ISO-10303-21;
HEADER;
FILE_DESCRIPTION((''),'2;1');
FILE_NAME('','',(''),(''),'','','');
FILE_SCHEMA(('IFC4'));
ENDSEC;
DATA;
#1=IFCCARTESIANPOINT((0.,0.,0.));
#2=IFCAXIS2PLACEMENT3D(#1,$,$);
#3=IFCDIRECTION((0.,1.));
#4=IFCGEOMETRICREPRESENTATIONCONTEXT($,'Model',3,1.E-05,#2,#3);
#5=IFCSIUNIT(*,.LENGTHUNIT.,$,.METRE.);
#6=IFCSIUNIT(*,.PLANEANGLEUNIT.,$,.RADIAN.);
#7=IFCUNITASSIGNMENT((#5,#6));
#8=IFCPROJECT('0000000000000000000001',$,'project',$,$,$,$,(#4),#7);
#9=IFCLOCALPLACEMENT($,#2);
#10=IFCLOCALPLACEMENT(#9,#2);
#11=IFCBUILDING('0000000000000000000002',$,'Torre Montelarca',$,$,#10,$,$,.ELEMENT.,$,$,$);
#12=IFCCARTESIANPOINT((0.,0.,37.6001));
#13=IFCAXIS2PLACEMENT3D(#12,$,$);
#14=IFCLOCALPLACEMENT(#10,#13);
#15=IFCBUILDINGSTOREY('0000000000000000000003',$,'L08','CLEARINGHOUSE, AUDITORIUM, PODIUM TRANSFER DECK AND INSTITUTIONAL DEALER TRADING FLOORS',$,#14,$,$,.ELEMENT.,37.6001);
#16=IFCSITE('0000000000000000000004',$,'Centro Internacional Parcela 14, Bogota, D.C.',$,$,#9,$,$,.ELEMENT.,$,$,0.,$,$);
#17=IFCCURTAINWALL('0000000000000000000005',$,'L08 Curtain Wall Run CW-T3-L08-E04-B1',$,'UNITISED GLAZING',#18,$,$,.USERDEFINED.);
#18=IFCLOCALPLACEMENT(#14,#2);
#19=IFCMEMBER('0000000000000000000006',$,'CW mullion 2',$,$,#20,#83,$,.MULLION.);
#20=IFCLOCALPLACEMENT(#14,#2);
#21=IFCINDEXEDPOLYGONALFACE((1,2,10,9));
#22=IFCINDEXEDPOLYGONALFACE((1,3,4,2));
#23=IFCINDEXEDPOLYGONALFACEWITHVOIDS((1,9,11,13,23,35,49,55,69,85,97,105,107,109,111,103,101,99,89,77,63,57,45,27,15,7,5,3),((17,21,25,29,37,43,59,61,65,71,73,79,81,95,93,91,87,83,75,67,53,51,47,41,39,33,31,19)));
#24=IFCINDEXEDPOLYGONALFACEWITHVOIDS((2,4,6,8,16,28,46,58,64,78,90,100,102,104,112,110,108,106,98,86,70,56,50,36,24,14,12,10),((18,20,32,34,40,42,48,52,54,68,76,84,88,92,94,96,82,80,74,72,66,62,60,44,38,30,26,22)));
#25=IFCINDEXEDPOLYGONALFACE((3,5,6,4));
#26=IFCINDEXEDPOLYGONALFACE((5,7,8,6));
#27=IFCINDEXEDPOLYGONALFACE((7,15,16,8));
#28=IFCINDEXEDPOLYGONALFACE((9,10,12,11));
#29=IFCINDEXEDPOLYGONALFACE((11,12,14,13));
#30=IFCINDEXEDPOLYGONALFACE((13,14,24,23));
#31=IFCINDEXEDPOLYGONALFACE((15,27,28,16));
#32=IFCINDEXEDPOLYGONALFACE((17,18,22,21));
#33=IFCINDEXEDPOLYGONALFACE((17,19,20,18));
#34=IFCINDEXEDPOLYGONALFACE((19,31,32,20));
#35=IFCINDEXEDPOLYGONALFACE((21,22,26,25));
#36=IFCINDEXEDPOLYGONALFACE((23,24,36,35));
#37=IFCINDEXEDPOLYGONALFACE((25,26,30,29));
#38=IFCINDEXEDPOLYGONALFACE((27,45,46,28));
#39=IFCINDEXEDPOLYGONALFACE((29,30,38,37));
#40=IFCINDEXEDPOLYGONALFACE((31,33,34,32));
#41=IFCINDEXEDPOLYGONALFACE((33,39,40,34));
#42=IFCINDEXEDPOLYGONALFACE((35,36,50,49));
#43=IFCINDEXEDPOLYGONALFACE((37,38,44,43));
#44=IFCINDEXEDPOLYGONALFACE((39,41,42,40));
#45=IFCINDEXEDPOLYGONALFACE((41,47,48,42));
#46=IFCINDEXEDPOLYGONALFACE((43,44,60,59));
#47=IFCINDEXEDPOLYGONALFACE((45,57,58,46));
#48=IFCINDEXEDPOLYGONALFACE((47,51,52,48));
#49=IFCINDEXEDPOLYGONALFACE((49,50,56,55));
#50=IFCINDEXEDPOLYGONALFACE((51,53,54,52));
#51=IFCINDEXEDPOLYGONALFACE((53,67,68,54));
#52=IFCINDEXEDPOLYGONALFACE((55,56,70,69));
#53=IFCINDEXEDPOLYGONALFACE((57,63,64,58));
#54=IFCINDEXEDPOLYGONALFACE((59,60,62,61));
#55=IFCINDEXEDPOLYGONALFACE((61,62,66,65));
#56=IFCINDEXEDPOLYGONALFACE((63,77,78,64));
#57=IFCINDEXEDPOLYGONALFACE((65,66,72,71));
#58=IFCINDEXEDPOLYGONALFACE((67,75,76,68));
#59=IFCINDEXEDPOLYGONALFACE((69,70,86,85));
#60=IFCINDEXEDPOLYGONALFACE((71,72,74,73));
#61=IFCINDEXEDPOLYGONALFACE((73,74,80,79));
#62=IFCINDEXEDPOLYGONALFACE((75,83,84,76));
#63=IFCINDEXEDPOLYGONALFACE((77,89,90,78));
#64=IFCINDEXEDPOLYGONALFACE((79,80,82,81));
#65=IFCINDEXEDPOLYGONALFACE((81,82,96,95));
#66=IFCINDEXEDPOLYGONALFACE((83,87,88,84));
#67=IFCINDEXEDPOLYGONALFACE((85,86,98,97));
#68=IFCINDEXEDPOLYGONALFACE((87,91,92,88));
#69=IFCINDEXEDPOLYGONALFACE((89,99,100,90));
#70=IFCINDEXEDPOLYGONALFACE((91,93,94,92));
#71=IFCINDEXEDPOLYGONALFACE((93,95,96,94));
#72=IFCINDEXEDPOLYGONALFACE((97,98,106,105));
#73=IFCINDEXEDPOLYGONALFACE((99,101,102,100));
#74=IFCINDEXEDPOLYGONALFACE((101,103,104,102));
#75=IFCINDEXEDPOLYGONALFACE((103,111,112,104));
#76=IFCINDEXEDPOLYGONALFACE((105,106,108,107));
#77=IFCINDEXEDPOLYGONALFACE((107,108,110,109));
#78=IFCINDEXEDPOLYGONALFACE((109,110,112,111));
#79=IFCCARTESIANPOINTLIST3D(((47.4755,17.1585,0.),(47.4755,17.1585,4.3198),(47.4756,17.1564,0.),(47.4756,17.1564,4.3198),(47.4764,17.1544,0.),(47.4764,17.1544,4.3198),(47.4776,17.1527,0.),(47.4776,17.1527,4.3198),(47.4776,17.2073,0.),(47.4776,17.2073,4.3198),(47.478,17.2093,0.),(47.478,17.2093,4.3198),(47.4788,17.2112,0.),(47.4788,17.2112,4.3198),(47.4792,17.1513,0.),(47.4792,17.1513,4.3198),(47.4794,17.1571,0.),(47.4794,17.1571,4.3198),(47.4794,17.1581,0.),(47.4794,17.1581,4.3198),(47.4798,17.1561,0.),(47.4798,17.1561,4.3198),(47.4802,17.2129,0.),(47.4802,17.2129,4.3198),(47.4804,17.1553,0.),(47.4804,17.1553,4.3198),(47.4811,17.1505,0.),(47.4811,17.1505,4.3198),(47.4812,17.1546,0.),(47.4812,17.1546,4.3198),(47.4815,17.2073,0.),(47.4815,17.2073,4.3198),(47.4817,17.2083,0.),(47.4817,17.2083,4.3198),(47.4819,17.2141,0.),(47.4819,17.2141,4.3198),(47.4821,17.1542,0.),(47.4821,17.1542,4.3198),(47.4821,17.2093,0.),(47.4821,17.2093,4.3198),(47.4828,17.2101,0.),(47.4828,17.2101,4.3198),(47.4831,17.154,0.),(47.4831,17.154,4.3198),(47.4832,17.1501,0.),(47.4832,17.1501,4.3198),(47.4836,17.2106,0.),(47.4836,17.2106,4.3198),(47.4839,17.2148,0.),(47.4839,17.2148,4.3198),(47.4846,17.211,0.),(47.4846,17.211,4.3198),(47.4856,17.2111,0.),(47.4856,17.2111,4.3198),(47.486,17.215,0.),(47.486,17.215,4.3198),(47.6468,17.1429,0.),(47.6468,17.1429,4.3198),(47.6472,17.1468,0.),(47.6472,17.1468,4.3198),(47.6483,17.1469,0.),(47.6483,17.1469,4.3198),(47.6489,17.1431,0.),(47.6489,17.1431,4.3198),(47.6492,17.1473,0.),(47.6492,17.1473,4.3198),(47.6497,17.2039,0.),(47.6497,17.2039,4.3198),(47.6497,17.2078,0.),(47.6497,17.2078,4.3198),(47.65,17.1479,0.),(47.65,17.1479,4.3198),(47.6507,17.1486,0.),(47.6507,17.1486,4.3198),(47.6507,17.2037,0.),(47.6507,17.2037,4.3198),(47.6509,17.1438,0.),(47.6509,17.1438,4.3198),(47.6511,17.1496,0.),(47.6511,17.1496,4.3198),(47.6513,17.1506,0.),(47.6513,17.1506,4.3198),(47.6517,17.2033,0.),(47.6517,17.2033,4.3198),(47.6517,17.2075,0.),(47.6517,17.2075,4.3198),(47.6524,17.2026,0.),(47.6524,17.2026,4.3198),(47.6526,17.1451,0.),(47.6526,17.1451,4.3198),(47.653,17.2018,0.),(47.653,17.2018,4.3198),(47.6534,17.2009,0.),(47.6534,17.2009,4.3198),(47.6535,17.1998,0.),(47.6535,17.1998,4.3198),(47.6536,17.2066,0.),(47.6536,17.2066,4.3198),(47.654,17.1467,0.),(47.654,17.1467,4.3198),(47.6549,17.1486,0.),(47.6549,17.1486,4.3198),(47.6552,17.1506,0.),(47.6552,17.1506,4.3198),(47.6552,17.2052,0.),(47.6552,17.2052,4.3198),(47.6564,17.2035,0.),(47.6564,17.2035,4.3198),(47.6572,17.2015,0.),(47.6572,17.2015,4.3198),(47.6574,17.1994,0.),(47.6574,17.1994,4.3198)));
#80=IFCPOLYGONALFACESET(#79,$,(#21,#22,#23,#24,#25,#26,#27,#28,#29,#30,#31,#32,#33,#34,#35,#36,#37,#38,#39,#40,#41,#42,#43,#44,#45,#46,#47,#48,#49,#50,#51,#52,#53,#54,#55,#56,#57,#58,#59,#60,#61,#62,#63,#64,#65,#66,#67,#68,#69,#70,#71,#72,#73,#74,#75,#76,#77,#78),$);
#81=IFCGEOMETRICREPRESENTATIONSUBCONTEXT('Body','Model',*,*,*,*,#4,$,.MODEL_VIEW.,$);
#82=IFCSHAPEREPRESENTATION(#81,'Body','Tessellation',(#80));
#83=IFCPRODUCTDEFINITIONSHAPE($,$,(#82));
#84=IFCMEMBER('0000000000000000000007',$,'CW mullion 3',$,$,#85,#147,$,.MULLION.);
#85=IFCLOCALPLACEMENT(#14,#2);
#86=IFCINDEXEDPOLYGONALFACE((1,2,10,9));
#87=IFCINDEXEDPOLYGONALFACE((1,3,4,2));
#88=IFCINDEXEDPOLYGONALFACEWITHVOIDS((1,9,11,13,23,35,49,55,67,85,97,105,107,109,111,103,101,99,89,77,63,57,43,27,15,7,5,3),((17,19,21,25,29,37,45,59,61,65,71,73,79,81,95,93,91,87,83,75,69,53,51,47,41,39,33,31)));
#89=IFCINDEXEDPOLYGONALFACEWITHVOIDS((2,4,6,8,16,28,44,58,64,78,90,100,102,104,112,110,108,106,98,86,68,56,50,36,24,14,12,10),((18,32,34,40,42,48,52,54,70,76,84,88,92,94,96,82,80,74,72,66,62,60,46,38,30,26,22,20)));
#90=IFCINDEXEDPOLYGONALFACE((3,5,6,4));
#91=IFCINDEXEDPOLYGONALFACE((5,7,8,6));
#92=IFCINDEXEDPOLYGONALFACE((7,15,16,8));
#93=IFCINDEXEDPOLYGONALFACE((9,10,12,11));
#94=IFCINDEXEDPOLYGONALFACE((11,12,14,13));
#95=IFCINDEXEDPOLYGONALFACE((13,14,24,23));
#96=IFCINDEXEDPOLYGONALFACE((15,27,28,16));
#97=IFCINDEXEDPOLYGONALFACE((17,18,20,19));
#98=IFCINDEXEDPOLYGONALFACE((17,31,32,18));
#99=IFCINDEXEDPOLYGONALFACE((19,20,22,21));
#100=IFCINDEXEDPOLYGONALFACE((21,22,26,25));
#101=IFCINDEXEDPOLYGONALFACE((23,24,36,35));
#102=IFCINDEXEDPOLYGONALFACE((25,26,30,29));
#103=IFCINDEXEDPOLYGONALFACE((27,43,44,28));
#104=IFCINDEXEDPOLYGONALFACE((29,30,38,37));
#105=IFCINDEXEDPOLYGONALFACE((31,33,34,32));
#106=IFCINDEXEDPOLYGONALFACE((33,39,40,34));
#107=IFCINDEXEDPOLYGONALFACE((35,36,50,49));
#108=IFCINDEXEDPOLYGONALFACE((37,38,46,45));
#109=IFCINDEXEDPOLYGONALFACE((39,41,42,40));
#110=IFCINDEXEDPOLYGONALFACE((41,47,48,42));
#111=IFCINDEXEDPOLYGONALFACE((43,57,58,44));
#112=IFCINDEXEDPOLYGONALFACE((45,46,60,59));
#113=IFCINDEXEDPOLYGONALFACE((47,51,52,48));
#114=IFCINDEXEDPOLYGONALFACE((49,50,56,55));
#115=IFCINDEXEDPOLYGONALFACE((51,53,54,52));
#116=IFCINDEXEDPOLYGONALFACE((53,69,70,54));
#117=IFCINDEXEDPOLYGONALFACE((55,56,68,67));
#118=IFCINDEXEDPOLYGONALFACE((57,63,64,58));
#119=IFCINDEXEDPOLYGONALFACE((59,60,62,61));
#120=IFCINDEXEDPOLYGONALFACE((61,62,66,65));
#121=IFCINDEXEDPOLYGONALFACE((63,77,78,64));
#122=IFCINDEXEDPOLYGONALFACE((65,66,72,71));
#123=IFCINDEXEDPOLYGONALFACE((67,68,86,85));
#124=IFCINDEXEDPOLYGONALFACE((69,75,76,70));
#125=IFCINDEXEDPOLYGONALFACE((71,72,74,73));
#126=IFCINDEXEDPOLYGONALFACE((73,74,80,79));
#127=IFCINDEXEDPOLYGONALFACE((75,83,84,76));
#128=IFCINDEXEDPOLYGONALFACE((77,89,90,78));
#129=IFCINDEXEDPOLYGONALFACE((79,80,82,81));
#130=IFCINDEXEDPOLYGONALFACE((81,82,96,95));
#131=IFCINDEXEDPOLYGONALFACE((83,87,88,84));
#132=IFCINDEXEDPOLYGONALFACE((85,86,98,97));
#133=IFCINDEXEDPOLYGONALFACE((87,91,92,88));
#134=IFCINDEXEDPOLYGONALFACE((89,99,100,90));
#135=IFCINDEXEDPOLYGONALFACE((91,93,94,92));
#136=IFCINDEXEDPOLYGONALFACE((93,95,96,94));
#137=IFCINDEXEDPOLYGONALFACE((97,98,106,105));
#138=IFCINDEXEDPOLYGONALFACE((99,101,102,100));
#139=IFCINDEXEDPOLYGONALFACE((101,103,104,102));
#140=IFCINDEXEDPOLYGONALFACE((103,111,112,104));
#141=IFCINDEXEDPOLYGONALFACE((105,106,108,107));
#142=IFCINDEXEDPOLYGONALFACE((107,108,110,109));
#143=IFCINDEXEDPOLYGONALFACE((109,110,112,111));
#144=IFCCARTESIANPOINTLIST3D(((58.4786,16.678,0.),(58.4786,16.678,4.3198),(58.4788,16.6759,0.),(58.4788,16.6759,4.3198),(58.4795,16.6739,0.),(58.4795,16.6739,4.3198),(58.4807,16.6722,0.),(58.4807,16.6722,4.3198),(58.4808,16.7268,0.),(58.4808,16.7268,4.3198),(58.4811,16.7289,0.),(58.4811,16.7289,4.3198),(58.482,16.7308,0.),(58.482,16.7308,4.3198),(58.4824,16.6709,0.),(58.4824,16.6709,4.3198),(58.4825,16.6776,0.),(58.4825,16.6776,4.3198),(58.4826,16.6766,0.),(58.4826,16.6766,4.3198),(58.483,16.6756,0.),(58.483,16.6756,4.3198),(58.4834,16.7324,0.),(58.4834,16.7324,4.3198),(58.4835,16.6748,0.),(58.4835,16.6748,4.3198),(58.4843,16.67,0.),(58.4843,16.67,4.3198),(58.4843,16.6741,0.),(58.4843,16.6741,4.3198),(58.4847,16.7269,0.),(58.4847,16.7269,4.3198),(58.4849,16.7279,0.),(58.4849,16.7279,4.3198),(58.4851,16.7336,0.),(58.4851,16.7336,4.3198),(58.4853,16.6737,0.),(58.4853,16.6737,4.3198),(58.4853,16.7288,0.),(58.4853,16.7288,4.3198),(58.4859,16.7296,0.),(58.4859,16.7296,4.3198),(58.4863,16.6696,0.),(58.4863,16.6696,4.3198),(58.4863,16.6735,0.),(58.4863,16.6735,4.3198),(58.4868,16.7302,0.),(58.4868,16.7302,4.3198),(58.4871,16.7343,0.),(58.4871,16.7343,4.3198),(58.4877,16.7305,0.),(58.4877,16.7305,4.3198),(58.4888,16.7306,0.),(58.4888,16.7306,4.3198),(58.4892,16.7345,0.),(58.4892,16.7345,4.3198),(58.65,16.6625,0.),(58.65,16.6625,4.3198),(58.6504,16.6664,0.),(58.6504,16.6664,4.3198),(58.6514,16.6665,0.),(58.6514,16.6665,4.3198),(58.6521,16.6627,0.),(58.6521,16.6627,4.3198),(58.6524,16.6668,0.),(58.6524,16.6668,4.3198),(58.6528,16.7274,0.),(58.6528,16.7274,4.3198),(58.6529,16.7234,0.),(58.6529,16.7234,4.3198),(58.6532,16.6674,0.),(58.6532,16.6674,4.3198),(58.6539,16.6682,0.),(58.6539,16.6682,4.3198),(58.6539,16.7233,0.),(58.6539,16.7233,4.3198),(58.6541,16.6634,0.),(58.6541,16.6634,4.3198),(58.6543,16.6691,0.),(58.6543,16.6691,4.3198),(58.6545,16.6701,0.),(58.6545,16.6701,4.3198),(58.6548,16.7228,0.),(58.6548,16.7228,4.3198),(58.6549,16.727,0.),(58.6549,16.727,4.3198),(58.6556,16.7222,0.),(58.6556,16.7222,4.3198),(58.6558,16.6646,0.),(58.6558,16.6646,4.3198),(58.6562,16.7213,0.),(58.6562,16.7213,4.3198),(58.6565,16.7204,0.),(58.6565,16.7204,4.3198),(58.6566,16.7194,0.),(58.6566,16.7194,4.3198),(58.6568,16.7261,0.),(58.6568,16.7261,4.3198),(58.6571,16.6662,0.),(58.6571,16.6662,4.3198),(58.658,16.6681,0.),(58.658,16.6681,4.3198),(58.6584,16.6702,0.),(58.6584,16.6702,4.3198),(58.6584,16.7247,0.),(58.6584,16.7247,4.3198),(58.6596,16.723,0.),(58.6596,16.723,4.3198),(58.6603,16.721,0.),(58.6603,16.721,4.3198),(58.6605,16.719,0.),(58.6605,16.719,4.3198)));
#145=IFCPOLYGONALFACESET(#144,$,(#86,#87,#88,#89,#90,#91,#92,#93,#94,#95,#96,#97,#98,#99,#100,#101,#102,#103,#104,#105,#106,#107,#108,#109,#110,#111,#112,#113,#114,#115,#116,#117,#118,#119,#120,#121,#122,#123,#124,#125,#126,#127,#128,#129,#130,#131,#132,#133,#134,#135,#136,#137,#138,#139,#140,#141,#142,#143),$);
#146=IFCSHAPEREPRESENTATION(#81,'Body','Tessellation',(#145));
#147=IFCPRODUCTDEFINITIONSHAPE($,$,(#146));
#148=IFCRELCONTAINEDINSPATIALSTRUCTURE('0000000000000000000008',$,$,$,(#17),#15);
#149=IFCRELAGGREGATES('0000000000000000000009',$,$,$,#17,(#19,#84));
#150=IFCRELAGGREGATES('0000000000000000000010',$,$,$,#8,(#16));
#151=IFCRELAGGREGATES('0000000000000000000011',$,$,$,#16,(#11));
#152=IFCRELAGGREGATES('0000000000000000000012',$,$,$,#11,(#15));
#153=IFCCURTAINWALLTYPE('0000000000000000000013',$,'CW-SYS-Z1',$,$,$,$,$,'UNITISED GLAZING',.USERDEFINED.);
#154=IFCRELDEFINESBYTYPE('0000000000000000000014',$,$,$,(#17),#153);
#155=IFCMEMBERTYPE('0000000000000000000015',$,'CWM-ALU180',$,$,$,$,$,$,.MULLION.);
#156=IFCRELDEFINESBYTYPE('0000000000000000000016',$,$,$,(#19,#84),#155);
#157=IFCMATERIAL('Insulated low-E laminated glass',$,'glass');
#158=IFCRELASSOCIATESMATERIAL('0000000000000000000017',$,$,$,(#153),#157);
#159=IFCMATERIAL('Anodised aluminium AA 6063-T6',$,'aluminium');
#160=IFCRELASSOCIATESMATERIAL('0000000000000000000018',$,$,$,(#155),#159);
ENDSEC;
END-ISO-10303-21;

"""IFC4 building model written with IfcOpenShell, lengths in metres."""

from ifc_helpers import new_model, si_unit, direction, frame, origin, origin_2d, place, context, subcontext, project, spatial, hollow_rectangle, extrude, source, transform, mapped, material, material_profile, profile_set, type_object, element, aggregate, save


model = new_model("IFC4")

# Units and contexts
model_context = context("Model", 3, precision=1e-05, world=origin(), true_north=direction((0.0, 1.0)))
body_context = subcontext(model_context, "Body", "Model", "MODEL_VIEW")
ifc_project = project(units=[si_unit("LENGTHUNIT", "METRE"), si_unit("PLANEANGLEUNIT", "RADIAN")], contexts=[model_context])

# Site, building, storey
site_placement = place(None, origin())
site = spatial("IfcSite", under=ifc_project, at=site_placement, Name="Centro Internacional Parcela 14, Bogota, D.C.", CompositionType="ELEMENT", RefElevation=0.0)
building_placement = place(site_placement, origin())
building = spatial("IfcBuilding", under=site, at=building_placement, Name="Torre Montelarca", CompositionType="ELEMENT")
storey_placement = place(building_placement, frame((0.0, 0.0, 37.6001)))
storey = spatial("IfcBuildingStorey", under=building, at=storey_placement, Name="L08", Description="CLEARINGHOUSE, AUDITORIUM, PODIUM TRANSFER DECK AND INSTITUTIONAL DEALER TRADING FLOORS", CompositionType="ELEMENT", Elevation=37.6001)

# Curtain wall
ifc_material_1 = material(Name="Insulated low-E laminated glass", Category="glass")
curtain_wall_type = type_object("IfcCurtainWallType", Name="CW-SYS-Z1", ElementType="UNITISED GLAZING", PredefinedType="USERDEFINED", material=ifc_material_1)
curtain_wall_1_placement = place(storey_placement, origin())
curtain_wall_1 = element("IfcCurtainWall", 1, at=curtain_wall_1_placement, inside=storey, type_object=curtain_wall_type, Name="L08 Curtain Wall Run CW-T3-L08-E04-B1", ObjectType="UNITISED GLAZING", PredefinedType="USERDEFINED")
ifc_material_2 = material(Name="Anodised aluminium AA 6063-T6", Category="aluminium")

# Members
ifc_material_profile_1 = material_profile(ifc_material_2, hollow_rectangle(XDim=0.0649, YDim=0.1799, WallThickness=0.0039, InnerFilletRadius=0.0039, OuterFilletRadius=0.0081, at=origin_2d()), Name="ALU65X180X4", Category="aluminium")
ifc_profile_set_1 = profile_set([ifc_material_profile_1], Name="Anodised aluminium AA 6063-T6")
member_type_1 = type_object("IfcMemberType", Name="CWM-ALU180", PredefinedType="MULLION", material=ifc_profile_set_1)
shared_shape_1 = source(origin(), body_context, "Body", "SweptSolid", [
    extrude(hollow_rectangle(XDim=0.0649, YDim=0.1799, WallThickness=0.0039, InnerFilletRadius=0.0039, OuterFilletRadius=0.0081, at=origin_2d()), origin(), (0.0, 0.0, 1.0), 4.3198),
])
member_1_placement = place(storey_placement, frame((47.5664, 17.179, 0.0), z_axis=(0.0, 0.0, 1.0), x_axis=(0.043617, 0.999048, 0.0)))
member_1 = element("IfcMember", 2, at=member_1_placement, type_object=member_type_1, Name="CW mullion 2", PredefinedType="MULLION", context=body_context, shape_type="MappedRepresentation", body=[
    mapped(shared_shape_1, transform((0.0, 0.0, 0.0), scale=1.0)),
])
member_2_placement = place(storey_placement, frame((58.5696, 16.6985, 0.0), z_axis=(0.0, 0.0, 1.0), x_axis=(0.043617, 0.999048, 0.0)))
member_2 = element("IfcMember", 3, at=member_2_placement, type_object=member_type_1, Name="CW mullion 3", PredefinedType="MULLION", context=body_context, shape_type="MappedRepresentation", body=[
    mapped(shared_shape_1, transform((0.0, 0.0, 0.0), scale=1.0)),
])

aggregate(curtain_wall_1, [member_1, member_2])

save(model, "model.ifc")
